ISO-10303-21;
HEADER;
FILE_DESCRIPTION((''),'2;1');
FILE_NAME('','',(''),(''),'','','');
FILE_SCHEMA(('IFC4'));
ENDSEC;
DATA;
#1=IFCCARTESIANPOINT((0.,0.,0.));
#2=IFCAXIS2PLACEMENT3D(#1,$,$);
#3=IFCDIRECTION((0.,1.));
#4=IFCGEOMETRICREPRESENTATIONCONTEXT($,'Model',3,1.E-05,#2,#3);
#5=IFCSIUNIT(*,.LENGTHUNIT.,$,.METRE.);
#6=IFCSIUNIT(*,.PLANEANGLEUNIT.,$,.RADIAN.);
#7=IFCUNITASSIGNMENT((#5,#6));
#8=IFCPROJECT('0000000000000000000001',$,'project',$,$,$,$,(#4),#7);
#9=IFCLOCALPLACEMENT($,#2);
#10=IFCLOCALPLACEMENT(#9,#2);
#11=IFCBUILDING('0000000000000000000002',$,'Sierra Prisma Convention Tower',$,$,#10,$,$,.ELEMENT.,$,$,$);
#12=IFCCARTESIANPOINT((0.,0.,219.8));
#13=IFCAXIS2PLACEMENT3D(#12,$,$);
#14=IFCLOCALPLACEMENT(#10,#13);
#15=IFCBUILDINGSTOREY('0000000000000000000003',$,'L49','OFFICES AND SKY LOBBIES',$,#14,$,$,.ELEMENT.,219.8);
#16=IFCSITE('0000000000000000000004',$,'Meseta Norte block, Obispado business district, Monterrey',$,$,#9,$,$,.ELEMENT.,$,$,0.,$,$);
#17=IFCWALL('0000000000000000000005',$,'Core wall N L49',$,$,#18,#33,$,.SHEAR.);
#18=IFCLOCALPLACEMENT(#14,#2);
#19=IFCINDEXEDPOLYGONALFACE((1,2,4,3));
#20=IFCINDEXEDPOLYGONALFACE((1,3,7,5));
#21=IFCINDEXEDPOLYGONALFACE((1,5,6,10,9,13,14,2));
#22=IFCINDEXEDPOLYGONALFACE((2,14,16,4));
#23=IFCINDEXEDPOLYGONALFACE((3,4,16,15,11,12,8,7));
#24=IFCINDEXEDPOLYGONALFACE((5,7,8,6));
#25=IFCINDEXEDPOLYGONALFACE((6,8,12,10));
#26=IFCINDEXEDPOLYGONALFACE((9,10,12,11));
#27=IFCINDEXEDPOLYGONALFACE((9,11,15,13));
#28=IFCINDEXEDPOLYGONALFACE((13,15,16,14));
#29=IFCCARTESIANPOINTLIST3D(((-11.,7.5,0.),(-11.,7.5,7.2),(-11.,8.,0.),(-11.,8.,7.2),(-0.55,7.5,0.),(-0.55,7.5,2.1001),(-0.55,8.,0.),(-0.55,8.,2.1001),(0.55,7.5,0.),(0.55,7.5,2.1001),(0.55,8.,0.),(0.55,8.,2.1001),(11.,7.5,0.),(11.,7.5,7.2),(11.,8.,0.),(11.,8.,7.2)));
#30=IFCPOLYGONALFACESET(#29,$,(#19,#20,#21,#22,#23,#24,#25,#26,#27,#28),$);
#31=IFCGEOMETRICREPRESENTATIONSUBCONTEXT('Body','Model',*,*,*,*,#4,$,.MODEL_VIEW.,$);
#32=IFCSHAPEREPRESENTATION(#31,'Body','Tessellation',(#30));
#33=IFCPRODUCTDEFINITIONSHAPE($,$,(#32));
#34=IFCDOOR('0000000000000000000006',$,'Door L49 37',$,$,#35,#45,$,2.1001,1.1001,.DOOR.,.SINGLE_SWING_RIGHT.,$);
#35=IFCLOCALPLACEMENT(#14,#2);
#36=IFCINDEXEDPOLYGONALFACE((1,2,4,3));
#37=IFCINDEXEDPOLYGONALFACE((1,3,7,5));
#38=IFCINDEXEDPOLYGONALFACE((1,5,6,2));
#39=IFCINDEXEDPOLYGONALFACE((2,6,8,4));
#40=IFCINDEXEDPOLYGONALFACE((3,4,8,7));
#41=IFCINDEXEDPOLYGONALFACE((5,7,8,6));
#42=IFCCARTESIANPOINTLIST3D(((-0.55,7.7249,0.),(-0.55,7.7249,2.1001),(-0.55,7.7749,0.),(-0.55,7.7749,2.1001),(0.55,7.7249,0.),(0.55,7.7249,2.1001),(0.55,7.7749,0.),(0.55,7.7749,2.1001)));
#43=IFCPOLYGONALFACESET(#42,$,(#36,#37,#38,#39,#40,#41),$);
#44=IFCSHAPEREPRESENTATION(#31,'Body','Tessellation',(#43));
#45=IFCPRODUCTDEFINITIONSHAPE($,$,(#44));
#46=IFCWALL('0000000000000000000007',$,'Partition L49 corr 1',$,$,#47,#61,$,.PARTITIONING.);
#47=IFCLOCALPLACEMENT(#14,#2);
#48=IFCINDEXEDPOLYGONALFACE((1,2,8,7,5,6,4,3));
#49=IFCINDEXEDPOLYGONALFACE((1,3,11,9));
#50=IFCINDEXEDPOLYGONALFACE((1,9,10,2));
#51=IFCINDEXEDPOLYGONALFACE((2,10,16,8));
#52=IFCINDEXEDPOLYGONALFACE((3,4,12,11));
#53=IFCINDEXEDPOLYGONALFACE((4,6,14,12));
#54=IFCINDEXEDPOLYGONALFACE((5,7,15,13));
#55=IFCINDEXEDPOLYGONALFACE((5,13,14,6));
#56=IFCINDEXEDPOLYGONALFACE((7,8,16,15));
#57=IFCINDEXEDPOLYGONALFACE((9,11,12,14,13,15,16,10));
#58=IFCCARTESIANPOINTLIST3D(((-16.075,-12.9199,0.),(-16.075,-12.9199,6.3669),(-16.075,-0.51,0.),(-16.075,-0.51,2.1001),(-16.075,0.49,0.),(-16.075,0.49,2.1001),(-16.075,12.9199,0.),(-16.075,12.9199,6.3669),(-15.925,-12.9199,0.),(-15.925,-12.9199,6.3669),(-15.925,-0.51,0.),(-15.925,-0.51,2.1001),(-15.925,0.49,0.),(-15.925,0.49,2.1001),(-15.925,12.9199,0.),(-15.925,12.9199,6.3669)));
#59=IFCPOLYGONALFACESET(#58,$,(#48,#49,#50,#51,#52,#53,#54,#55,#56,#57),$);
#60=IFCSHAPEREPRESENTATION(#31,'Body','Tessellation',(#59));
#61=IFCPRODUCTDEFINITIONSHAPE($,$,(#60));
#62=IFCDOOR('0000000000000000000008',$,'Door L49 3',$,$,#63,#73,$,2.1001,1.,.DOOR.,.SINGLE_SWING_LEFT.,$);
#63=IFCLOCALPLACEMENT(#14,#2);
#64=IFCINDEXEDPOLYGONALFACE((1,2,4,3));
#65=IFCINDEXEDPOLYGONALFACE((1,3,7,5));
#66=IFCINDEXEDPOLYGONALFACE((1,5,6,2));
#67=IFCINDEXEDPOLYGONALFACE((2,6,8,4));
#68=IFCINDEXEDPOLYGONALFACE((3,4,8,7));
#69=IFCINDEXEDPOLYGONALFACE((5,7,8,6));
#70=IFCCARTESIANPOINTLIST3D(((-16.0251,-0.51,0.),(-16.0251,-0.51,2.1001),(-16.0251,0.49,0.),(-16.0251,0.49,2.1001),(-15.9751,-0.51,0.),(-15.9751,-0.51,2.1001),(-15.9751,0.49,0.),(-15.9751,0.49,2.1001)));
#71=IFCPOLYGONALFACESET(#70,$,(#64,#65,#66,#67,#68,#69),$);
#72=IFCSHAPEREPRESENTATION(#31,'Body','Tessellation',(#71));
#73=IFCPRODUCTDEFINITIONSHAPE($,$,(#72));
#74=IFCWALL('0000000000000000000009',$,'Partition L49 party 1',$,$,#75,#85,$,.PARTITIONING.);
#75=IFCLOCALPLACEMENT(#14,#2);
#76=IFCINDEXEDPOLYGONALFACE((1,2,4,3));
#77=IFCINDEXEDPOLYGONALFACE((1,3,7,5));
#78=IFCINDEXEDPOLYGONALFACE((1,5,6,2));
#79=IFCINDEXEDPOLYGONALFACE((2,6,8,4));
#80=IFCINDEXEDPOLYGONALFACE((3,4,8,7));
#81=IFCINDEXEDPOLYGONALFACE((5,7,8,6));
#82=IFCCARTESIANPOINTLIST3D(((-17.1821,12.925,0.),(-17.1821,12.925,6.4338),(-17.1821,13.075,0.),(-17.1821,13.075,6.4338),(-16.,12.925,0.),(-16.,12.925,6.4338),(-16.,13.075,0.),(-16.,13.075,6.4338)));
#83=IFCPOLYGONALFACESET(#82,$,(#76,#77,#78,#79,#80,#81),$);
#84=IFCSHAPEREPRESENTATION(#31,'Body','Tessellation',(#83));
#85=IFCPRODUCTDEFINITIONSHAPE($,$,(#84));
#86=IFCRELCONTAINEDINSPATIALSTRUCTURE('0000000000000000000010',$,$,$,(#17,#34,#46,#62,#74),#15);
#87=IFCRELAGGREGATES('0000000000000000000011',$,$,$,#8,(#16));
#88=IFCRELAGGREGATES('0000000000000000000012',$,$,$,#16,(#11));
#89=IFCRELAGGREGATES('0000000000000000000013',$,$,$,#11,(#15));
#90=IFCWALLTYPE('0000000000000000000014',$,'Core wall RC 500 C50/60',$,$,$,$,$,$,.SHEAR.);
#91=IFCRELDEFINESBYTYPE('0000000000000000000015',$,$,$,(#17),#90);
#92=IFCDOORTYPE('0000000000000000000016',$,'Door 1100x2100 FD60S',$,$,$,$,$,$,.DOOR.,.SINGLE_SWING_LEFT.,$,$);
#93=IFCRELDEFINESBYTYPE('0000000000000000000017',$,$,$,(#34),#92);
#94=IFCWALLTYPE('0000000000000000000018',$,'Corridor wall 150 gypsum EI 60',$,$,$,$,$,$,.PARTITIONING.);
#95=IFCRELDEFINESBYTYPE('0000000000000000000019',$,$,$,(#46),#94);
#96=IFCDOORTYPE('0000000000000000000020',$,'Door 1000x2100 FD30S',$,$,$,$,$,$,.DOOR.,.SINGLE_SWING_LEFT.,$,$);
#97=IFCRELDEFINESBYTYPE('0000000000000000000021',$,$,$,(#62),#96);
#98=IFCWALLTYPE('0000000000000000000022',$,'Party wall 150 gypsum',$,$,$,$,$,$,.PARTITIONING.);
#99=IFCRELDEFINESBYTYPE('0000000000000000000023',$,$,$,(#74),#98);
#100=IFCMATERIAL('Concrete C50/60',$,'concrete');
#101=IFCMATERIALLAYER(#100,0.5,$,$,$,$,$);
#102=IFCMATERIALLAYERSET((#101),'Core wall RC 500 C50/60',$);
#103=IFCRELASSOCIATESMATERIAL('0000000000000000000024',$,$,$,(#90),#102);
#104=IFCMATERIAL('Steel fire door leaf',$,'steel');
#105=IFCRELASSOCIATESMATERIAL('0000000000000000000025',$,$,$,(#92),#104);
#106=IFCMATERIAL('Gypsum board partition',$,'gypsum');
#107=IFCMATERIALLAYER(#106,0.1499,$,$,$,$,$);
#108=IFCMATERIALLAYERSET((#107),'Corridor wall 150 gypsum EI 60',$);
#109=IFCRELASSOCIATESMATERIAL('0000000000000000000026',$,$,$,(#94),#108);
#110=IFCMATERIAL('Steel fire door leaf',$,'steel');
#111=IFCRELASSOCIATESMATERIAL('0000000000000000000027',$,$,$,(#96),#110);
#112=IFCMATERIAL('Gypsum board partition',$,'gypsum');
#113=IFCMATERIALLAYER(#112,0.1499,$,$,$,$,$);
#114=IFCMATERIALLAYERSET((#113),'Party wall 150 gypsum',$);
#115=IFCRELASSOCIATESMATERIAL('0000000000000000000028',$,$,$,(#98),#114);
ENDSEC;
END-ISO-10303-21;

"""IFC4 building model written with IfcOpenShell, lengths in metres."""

from ifc_helpers import new_model, si_unit, direction, frame, frame_2d, origin, place, context, subcontext, project, spatial, rectangle, extrude, material, layer, layer_set, type_object, element, fill, save


model = new_model("IFC4")

# Units and contexts
model_context = context("Model", 3, precision=1e-05, world=origin(), true_north=direction((0.0, 1.0)))
body_context = subcontext(model_context, "Body", "Model", "MODEL_VIEW")
ifc_project = project(units=[si_unit("LENGTHUNIT", "METRE"), si_unit("PLANEANGLEUNIT", "RADIAN")], contexts=[model_context])

# Site, building, storey
site_placement = place(None, origin())
site = spatial("IfcSite", under=ifc_project, at=site_placement, Name="Meseta Norte block, Obispado business district, Monterrey", CompositionType="ELEMENT", RefElevation=0.0)
building_placement = place(site_placement, origin())
building = spatial("IfcBuilding", under=site, at=building_placement, Name="Sierra Prisma Convention Tower", CompositionType="ELEMENT")
storey_placement = place(building_placement, frame((0.0, 0.0, 219.8)))
storey = spatial("IfcBuildingStorey", under=building, at=storey_placement, Name="L49", Description="OFFICES AND SKY LOBBIES", CompositionType="ELEMENT", Elevation=219.8)

# Walls, openings, doors
ifc_material_1 = material(Name="Concrete C50/60", Category="concrete")
ifc_layer_1 = layer(ifc_material_1, 0.5)
ifc_layer_set_1 = layer_set([ifc_layer_1], Name="Core wall RC 500 C50/60")
wall_type_1 = type_object("IfcWallType", Name="Core wall RC 500 C50/60", PredefinedType="SHEAR", material=ifc_layer_set_1)
wall_1_placement = place(storey_placement, frame((-11.0, 7.75, 0.0), z_axis=(0.0, 0.0, 1.0), x_axis=(1.0, 0.0, 0.0)))
wall_1 = element("IfcWall", 1, at=wall_1_placement, inside=storey, type_object=wall_type_1, Name="Core wall N L49", PredefinedType="SHEAR", context=body_context, shape_type="SweptSolid", body=[
    extrude(rectangle(XDim=22.0, YDim=0.5, at=frame_2d((11.0, 0.0))), origin(), (0.0, 0.0, 1.0), 7.2),
])
opening_1_placement = place(wall_1_placement, frame((10.45, 0.0, 0.0)))
opening_1 = element("IfcOpeningElement", 2, at=opening_1_placement, cuts=wall_1, PredefinedType="OPENING", context=body_context, shape_type="SweptSolid", body=[
    extrude(rectangle(XDim=1.1001, YDim=2.1001, at=frame_2d((0.55, 1.05))), frame((0.0, 0.25, 0.0), z_axis=(0.0, -1.0, 0.0), x_axis=(1.0, 0.0, 0.0)), (0.0, 0.0, 1.0), 0.5),
])
ifc_material_2 = material(Name="Steel fire door leaf", Category="steel")
door_type_1 = type_object("IfcDoorType", Name="Door 1100x2100 FD60S", OperationType="SINGLE_SWING_LEFT", PredefinedType="DOOR", material=ifc_material_2)
door_1_placement = place(opening_1_placement, origin())
door_1 = element("IfcDoor", 3, at=door_1_placement, inside=storey, type_object=door_type_1, Name="Door L49 37", OperationType="SINGLE_SWING_RIGHT", OverallHeight=2.1001, OverallWidth=1.1001, PredefinedType="DOOR", context=body_context, shape_type="SweptSolid", body=[
    extrude(rectangle(XDim=1.1001, YDim=2.1001, at=frame_2d((0.55, 1.05))), frame((0.0, 0.0249, 0.0), z_axis=(0.0, -1.0, 0.0), x_axis=(1.0, 0.0, 0.0)), (0.0, 0.0, 1.0), 0.05),
])
fill(opening_1, door_1)
ifc_material_3 = material(Name="Gypsum board partition", Category="gypsum")
ifc_layer_2 = layer(ifc_material_3, 0.1499)
ifc_layer_set_2 = layer_set([ifc_layer_2], Name="Corridor wall 150 gypsum EI 60")
wall_type_2 = type_object("IfcWallType", Name="Corridor wall 150 gypsum EI 60", PredefinedType="PARTITIONING", material=ifc_layer_set_2)
wall_2_placement = place(storey_placement, frame((-16.0, 12.9199, 0.0), z_axis=(0.0, 0.0, 1.0), x_axis=(0.0, -1.0, 0.0)))
wall_2 = element("IfcWall", 4, at=wall_2_placement, inside=storey, type_object=wall_type_2, Name="Partition L49 corr 1", PredefinedType="PARTITIONING", context=body_context, shape_type="SweptSolid", body=[
    extrude(rectangle(XDim=25.8398, YDim=0.1499, at=frame_2d((12.9199, 0.0))), origin(), (0.0, 0.0, 1.0), 6.3669),
])
opening_2_placement = place(wall_2_placement, frame((12.4299, 0.0, 0.0)))
opening_2 = element("IfcOpeningElement", 5, at=opening_2_placement, cuts=wall_2, PredefinedType="OPENING", context=body_context, shape_type="SweptSolid", body=[
    extrude(rectangle(XDim=1.0, YDim=2.1001, at=frame_2d((0.5, 1.05))), frame((0.0, 0.075, 0.0), z_axis=(0.0, -1.0, 0.0), x_axis=(1.0, 0.0, 0.0)), (0.0, 0.0, 1.0), 0.1499),
])
ifc_material_4 = material(Name="Steel fire door leaf", Category="steel")
door_type_2 = type_object("IfcDoorType", Name="Door 1000x2100 FD30S", OperationType="SINGLE_SWING_LEFT", PredefinedType="DOOR", material=ifc_material_4)
door_2_placement = place(opening_2_placement, origin())
door_2 = element("IfcDoor", 6, at=door_2_placement, inside=storey, type_object=door_type_2, Name="Door L49 3", OperationType="SINGLE_SWING_LEFT", OverallHeight=2.1001, OverallWidth=1.0, PredefinedType="DOOR", context=body_context, shape_type="SweptSolid", body=[
    extrude(rectangle(XDim=1.0, YDim=2.1001, at=frame_2d((0.5, 1.05))), frame((0.0, 0.0249, 0.0), z_axis=(0.0, -1.0, 0.0), x_axis=(1.0, 0.0, 0.0)), (0.0, 0.0, 1.0), 0.05),
])
fill(opening_2, door_2)

# Wall
ifc_material_5 = material(Name="Gypsum board partition", Category="gypsum")
ifc_layer_3 = layer(ifc_material_5, 0.1499)
ifc_layer_set_3 = layer_set([ifc_layer_3], Name="Party wall 150 gypsum")
wall_type_3 = type_object("IfcWallType", Name="Party wall 150 gypsum", PredefinedType="PARTITIONING", material=ifc_layer_set_3)
wall_3_placement = place(storey_placement, frame((-16.0, 13.0, 0.0), z_axis=(0.0, 0.0, 1.0), x_axis=(-1.0, 0.0, 0.0)))
element("IfcWall", 7, at=wall_3_placement, inside=storey, type_object=wall_type_3, Name="Partition L49 party 1", PredefinedType="PARTITIONING", context=body_context, shape_type="SweptSolid", body=[
    extrude(rectangle(XDim=1.1821, YDim=0.1499, at=frame_2d((0.5911, 0.0))), origin(), (0.0, 0.0, 1.0), 6.4338),
])

save(model, "model.ifc")
